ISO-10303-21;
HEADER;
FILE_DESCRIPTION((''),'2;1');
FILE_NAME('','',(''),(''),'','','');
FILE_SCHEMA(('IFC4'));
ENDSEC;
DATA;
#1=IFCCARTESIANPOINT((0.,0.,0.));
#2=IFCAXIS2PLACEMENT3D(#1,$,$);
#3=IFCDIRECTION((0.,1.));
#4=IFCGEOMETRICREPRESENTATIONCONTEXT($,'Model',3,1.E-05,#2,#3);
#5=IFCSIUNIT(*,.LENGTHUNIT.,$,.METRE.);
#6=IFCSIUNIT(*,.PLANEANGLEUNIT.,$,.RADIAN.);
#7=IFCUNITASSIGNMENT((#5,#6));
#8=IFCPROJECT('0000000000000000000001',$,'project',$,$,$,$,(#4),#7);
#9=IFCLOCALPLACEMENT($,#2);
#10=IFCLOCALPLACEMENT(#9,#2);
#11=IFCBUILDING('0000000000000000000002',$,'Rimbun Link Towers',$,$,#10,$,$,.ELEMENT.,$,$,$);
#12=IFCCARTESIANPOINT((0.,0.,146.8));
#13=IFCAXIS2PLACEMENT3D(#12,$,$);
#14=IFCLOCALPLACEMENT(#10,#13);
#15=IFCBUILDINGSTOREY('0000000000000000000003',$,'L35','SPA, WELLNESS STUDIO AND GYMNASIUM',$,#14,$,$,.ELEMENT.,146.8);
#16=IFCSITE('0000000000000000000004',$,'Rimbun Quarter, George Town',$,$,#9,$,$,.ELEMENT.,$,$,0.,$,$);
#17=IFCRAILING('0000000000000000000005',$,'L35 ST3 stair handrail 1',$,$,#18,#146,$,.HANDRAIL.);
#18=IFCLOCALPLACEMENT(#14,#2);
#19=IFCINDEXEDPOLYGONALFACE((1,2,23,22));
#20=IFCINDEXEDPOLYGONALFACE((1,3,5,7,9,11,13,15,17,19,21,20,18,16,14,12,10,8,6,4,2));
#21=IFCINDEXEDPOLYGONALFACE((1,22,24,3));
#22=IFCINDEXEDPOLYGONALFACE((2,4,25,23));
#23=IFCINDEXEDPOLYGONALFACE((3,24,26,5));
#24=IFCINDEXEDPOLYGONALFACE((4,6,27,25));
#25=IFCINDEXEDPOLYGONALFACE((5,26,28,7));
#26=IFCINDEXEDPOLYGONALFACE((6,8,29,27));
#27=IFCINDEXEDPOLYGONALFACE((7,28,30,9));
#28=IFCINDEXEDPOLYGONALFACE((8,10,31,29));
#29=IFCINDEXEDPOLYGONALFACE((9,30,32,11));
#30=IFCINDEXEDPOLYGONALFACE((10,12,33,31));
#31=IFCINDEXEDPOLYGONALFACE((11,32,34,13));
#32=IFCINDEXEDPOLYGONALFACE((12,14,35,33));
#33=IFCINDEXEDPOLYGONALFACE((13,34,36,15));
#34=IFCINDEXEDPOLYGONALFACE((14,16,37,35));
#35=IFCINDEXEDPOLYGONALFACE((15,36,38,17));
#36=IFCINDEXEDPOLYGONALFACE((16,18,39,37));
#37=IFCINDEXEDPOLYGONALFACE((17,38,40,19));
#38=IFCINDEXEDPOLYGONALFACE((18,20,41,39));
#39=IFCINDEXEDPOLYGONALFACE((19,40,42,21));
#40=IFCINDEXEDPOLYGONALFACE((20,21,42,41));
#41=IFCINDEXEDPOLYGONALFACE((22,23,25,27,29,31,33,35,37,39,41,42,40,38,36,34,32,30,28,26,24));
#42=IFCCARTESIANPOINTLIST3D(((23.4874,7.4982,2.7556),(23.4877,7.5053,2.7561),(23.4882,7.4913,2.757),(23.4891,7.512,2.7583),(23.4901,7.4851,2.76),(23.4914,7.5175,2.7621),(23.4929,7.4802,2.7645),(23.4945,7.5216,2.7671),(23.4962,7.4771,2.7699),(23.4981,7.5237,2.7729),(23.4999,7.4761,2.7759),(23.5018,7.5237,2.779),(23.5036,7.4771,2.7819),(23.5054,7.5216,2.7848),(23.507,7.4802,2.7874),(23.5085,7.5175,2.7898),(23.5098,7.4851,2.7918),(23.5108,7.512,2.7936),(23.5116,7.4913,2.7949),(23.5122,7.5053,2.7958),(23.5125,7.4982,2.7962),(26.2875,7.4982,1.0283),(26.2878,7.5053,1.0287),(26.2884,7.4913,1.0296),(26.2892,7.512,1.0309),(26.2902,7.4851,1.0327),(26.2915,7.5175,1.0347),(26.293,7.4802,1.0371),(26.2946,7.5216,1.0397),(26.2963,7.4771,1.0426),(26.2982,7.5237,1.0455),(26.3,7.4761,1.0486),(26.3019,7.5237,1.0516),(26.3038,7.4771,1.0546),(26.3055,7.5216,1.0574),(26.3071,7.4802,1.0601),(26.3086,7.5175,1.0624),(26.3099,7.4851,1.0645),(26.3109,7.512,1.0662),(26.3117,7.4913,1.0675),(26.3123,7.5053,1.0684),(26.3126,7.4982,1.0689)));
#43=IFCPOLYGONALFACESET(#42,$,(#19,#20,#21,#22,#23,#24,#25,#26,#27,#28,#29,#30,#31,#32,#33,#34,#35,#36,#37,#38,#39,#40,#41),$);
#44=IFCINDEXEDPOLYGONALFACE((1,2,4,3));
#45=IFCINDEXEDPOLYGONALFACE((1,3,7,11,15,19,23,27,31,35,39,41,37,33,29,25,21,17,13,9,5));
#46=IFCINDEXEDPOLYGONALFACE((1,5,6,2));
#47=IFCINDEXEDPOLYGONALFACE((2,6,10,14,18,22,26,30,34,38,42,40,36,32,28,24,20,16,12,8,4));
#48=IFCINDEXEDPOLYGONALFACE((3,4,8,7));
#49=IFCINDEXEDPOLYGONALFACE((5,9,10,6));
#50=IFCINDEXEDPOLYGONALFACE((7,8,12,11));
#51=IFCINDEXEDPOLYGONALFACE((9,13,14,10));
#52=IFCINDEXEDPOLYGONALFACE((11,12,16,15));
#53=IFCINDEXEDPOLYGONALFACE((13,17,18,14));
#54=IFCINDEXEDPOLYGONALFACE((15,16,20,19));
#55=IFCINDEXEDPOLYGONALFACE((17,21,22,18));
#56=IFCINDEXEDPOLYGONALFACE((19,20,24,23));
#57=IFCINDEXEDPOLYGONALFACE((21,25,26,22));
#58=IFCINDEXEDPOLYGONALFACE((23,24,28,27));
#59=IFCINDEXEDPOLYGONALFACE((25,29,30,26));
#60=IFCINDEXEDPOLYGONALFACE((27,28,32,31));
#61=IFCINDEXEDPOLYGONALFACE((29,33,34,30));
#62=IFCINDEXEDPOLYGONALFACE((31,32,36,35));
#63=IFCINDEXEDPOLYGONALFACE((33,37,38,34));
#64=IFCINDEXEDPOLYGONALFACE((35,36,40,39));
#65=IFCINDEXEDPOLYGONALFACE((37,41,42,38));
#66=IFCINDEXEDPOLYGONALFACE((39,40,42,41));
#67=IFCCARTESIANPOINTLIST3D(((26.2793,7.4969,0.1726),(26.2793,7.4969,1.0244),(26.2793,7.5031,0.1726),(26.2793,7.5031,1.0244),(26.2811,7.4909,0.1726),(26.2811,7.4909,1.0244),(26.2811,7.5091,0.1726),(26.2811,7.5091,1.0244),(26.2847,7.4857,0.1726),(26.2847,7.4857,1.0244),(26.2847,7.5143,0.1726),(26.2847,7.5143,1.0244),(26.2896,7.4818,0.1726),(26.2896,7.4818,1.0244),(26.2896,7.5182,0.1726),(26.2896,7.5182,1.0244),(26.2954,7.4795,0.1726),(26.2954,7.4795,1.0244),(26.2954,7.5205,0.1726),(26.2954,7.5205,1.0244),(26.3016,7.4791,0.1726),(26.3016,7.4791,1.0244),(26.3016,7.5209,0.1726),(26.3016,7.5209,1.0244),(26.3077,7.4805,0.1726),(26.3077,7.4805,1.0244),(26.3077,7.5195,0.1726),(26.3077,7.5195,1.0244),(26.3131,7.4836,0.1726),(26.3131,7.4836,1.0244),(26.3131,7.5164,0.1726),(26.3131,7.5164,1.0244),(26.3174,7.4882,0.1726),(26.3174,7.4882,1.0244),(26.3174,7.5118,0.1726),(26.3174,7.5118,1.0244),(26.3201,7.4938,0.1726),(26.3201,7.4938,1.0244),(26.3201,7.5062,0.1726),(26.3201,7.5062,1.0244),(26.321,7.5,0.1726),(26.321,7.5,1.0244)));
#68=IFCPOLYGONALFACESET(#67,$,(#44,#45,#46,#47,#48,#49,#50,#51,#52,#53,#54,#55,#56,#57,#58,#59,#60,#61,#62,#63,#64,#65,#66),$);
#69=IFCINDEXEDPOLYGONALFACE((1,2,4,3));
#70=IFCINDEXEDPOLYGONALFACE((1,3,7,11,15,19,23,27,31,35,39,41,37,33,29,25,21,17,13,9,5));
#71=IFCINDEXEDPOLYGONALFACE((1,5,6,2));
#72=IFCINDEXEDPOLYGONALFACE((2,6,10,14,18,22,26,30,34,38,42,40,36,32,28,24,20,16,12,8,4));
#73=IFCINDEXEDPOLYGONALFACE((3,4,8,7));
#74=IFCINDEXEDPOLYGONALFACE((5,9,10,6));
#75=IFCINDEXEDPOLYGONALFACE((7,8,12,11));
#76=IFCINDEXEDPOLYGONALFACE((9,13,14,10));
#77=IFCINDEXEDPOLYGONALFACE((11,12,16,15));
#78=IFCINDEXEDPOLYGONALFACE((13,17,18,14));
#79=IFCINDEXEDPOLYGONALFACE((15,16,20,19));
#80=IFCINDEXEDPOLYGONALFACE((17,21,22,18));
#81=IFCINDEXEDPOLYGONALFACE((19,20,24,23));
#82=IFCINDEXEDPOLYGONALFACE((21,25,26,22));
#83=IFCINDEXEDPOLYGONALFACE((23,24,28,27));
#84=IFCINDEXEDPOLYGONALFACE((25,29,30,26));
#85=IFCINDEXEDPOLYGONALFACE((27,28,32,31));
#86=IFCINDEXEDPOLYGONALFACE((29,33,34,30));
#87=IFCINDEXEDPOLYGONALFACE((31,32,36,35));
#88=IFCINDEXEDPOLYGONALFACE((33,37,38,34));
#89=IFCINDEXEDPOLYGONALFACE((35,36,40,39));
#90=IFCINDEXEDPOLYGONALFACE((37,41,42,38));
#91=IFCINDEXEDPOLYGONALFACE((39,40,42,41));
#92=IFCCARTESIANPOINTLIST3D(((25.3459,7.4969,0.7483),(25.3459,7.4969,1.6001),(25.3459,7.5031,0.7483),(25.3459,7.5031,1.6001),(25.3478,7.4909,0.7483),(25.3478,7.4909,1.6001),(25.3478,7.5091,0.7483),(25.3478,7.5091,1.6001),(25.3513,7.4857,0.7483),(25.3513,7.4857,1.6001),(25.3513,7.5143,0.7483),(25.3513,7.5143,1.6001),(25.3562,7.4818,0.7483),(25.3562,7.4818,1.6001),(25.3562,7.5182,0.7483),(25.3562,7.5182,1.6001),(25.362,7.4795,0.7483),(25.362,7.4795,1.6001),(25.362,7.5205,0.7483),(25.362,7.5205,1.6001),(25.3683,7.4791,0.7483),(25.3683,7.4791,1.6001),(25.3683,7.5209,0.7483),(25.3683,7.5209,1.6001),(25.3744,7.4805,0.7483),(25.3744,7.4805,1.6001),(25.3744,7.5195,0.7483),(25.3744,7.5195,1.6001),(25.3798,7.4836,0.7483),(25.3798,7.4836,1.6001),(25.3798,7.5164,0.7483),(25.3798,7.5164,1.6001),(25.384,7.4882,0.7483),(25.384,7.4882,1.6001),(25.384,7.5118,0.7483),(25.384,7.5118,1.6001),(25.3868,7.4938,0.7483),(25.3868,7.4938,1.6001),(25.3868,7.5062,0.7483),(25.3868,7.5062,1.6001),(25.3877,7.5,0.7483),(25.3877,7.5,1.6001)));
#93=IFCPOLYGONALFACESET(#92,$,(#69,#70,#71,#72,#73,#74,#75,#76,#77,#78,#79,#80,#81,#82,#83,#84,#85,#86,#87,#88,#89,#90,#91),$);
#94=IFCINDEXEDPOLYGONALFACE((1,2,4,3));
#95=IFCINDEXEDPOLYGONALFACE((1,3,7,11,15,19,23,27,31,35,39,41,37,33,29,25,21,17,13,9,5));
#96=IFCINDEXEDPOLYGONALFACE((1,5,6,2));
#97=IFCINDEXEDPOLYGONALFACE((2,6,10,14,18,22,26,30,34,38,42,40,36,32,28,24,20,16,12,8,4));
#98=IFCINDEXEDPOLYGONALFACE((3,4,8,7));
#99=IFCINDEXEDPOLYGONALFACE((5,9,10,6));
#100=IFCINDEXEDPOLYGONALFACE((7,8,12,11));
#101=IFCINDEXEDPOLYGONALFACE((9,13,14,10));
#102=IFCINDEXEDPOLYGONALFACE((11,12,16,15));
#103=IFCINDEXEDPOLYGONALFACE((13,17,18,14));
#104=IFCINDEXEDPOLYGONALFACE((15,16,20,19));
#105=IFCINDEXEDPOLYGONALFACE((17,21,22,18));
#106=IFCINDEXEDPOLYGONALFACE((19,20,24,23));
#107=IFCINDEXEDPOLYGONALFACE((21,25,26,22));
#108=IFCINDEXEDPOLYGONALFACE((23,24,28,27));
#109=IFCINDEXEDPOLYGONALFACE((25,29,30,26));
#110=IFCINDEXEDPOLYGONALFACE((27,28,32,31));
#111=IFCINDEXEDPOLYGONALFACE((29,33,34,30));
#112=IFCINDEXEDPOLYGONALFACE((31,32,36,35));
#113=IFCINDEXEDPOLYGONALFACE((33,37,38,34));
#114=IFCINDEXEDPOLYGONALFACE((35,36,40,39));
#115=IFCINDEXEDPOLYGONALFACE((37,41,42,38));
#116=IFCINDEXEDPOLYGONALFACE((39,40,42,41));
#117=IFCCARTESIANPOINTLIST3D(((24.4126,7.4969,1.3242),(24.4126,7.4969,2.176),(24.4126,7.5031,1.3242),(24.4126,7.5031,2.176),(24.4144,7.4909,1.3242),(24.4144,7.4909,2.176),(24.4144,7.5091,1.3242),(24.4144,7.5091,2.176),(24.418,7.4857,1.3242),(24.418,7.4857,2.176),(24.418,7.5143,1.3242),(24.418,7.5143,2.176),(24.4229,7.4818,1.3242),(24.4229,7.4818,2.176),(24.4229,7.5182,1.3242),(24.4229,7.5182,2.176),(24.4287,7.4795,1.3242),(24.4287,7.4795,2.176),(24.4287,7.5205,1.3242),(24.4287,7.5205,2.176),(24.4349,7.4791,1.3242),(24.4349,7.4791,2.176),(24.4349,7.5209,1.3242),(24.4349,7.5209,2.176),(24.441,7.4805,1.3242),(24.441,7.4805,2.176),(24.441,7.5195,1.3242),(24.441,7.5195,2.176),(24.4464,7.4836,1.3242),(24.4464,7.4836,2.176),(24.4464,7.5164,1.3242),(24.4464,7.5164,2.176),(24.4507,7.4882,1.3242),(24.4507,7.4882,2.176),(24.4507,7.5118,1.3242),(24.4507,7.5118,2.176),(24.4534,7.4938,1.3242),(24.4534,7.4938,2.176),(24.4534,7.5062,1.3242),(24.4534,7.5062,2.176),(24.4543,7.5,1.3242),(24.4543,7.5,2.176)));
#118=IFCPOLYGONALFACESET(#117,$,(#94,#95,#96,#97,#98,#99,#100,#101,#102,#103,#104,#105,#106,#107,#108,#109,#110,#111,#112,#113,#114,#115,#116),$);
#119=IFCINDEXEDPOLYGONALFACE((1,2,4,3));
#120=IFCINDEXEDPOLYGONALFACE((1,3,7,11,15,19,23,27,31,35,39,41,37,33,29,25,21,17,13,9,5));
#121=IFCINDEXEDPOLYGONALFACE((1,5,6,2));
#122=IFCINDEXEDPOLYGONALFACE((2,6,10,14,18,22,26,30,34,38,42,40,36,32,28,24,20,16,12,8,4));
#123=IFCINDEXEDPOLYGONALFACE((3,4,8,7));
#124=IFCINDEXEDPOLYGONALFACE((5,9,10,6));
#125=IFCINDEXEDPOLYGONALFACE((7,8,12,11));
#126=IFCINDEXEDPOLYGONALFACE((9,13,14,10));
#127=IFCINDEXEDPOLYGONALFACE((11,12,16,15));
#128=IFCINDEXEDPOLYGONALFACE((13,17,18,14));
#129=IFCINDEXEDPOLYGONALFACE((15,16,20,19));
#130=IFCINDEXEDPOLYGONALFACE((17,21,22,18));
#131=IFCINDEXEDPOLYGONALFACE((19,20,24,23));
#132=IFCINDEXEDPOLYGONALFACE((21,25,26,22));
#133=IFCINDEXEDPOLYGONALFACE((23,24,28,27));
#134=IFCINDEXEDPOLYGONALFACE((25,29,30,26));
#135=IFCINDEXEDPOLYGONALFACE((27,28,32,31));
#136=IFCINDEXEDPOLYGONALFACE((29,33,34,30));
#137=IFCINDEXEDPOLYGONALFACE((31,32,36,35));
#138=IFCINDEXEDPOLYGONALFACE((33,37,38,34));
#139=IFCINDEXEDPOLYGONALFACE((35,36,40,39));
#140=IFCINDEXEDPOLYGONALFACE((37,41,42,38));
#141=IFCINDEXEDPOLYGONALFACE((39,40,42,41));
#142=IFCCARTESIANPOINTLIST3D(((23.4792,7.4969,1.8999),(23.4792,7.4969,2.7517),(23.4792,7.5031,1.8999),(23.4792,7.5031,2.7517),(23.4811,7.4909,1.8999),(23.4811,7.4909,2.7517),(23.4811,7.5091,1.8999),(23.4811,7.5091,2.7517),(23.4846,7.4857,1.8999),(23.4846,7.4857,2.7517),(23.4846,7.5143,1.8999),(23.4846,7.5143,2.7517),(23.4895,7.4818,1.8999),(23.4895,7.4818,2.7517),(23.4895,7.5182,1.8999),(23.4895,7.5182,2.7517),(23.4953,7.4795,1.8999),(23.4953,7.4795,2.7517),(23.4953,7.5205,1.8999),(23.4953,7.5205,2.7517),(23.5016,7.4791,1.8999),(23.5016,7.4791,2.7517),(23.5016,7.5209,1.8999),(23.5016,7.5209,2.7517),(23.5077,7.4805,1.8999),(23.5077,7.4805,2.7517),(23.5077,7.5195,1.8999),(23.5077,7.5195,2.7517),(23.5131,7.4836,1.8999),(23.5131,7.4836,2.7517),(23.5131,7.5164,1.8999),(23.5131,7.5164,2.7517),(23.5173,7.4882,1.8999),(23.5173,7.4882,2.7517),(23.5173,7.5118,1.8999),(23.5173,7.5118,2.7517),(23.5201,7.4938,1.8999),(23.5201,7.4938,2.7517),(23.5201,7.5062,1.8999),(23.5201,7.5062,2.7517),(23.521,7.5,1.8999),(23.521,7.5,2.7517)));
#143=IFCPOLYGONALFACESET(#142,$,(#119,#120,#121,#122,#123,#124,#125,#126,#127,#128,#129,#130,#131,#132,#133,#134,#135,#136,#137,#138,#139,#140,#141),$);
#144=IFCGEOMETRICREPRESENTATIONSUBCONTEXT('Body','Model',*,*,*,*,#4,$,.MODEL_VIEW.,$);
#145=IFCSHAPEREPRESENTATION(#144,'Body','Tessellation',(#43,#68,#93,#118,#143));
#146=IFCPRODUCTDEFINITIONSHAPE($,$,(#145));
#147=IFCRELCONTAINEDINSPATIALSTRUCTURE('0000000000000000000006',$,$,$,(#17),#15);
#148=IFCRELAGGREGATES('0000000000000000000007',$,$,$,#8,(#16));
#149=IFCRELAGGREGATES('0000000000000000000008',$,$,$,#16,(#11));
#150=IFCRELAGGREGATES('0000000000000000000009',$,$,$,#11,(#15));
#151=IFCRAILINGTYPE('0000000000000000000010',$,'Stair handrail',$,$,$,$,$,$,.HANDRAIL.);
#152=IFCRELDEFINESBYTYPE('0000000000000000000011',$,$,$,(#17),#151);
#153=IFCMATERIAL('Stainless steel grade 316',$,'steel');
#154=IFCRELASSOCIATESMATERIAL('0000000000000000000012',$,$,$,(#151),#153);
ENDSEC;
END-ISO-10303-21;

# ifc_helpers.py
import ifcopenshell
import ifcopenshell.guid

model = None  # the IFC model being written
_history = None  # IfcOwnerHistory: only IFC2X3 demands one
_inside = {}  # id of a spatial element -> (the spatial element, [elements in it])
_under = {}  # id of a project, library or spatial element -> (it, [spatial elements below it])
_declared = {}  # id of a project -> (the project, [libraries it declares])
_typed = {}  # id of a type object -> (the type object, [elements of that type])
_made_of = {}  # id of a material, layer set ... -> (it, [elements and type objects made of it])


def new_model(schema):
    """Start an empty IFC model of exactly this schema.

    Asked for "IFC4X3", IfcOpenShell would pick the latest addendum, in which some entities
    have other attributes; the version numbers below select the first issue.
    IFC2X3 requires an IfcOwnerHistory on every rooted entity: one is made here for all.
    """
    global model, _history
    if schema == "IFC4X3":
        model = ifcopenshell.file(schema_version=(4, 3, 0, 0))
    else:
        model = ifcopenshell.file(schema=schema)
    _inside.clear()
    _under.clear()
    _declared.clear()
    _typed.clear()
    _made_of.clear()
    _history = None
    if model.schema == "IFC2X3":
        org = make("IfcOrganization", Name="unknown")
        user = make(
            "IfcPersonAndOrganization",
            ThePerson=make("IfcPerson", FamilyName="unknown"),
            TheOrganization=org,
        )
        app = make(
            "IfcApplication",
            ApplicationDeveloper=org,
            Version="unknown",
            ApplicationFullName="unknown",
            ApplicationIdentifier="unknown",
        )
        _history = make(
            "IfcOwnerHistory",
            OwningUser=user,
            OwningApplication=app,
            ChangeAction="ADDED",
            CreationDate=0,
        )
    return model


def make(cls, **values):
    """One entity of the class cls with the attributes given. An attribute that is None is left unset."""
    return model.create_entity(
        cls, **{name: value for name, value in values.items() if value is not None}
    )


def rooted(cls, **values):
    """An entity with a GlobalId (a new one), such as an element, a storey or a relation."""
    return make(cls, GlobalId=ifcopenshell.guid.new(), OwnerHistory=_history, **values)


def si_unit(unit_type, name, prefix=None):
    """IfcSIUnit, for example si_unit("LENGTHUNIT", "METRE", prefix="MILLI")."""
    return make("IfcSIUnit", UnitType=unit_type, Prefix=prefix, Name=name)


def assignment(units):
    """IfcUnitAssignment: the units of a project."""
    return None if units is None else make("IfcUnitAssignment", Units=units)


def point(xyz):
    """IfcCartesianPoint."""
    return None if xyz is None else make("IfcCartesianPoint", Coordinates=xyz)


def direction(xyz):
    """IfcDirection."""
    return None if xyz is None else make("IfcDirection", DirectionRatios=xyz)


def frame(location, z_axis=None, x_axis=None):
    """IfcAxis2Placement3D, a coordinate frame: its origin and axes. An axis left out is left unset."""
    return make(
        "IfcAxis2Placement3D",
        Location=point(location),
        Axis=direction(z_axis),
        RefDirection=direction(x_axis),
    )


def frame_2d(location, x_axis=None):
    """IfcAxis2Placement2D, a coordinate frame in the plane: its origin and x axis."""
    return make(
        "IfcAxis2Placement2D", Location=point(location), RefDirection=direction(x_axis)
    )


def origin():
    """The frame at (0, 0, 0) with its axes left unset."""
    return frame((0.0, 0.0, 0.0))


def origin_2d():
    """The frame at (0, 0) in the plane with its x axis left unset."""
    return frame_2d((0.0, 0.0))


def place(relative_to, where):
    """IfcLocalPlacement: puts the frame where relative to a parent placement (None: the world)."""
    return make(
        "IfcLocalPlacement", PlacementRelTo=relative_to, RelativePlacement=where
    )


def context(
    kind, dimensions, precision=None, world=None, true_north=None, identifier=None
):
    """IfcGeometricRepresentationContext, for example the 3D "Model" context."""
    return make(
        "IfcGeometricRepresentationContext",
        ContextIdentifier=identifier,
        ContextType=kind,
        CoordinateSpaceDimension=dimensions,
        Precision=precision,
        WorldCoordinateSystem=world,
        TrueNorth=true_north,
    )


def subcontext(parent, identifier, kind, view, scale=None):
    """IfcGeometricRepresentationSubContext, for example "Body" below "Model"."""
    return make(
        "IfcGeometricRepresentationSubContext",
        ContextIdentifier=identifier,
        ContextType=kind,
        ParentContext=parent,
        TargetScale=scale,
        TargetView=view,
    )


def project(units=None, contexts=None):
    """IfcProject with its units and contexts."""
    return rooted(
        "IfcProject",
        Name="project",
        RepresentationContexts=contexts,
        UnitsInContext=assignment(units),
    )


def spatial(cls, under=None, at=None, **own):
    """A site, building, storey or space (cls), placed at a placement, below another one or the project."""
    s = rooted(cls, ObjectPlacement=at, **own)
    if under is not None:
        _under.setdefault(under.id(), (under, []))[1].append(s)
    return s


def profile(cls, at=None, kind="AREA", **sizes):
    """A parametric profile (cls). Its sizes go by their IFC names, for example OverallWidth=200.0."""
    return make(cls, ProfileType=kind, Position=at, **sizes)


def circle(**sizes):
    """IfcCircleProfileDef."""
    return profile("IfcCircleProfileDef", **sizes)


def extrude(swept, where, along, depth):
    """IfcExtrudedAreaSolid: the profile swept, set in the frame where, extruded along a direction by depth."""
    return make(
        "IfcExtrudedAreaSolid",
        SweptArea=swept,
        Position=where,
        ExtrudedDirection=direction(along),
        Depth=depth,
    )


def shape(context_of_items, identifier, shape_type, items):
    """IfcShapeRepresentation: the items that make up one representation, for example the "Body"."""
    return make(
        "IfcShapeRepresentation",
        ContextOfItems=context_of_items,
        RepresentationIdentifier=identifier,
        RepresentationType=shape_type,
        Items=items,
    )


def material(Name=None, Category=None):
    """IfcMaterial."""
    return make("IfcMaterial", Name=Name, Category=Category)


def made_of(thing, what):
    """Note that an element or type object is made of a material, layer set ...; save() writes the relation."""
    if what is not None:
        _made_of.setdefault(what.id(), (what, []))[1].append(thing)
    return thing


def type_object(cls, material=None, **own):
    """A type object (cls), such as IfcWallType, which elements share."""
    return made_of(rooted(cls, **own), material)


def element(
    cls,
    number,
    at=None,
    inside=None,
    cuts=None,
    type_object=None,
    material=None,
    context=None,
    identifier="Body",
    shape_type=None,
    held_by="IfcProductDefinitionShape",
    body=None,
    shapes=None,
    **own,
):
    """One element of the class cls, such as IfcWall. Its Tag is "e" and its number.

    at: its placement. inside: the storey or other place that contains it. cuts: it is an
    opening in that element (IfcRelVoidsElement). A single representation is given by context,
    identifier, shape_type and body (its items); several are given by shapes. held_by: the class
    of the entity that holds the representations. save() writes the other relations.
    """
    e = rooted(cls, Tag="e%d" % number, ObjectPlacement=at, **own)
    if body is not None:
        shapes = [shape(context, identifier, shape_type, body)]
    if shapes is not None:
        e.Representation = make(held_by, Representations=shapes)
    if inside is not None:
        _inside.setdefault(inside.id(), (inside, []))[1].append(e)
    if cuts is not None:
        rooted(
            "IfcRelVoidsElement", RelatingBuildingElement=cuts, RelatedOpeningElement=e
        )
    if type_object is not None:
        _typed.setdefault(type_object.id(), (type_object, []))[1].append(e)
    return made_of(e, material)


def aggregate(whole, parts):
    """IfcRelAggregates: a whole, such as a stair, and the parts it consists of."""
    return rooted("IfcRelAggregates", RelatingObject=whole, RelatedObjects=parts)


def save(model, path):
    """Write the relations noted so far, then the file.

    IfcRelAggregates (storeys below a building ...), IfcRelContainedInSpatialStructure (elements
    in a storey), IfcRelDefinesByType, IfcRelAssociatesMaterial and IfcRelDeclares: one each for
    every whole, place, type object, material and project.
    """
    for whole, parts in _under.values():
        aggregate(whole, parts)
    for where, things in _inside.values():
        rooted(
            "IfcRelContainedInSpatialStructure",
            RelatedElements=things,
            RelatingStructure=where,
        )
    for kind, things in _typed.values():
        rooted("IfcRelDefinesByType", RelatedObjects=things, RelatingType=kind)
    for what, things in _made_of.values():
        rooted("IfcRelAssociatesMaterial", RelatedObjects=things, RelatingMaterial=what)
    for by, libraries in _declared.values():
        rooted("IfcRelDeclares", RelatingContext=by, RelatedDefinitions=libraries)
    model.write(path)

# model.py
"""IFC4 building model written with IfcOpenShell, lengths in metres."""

from ifc_helpers import new_model, si_unit, direction, frame, origin, origin_2d, place, context, subcontext, project, spatial, circle, extrude, material, type_object, element, save


model = new_model("IFC4")

# Units and contexts
model_context = context("Model", 3, precision=1e-05, world=origin(), true_north=direction((0.0, 1.0)))
body_context = subcontext(model_context, "Body", "Model", "MODEL_VIEW")
ifc_project = project(units=[si_unit("LENGTHUNIT", "METRE"), si_unit("PLANEANGLEUNIT", "RADIAN")], contexts=[model_context])

# Site, building, storey
site_placement = place(None, origin())
site = spatial("IfcSite", under=ifc_project, at=site_placement, Name="Rimbun Quarter, George Town", CompositionType="ELEMENT", RefElevation=0.0)
building_placement = place(site_placement, origin())
building = spatial("IfcBuilding", under=site, at=building_placement, Name="Rimbun Link Towers", CompositionType="ELEMENT")
storey_placement = place(building_placement, frame((0.0, 0.0, 146.8)))
storey = spatial("IfcBuildingStorey", under=building, at=storey_placement, Name="L35", Description="SPA, WELLNESS STUDIO AND GYMNASIUM", CompositionType="ELEMENT", Elevation=146.8)

# Railing
ifc_material_1 = material(Name="Stainless steel grade 316", Category="steel")
railing_type_1 = type_object("IfcRailingType", Name="Stair handrail", PredefinedType="HANDRAIL", material=ifc_material_1)
railing_1_placement = place(storey_placement, frame((26.3, 7.5, 0.1726)))
element("IfcRailing", 1, at=railing_1_placement, inside=storey, type_object=railing_type_1, Name="L35 ST3 stair handrail 1", PredefinedType="HANDRAIL", context=body_context, shape_type="SweptSolid", body=[
    extrude(circle(Radius=0.0239, at=origin_2d()), frame((0.0, 0.0, 0.876), z_axis=(-0.85109, 0.0, 0.52502), x_axis=(0.0, -1.0, 0.0)), (0.0, 0.0, 1.0), 3.29),
    extrude(circle(Radius=0.021, at=origin_2d()), origin(), (0.0, 0.0, 1.0), 0.8518),
    extrude(circle(Radius=0.021, at=origin_2d()), frame((-0.9333, 0.0, 0.5757)), (0.0, 0.0, 1.0), 0.8518),
    extrude(circle(Radius=0.021, at=origin_2d()), frame((-1.8667, 0.0, 1.1516)), (0.0, 0.0, 1.0), 0.8518),
    extrude(circle(Radius=0.021, at=origin_2d()), frame((-2.8, 0.0, 1.7273)), (0.0, 0.0, 1.0), 0.8518),
])

save(model, "model.ifc")
